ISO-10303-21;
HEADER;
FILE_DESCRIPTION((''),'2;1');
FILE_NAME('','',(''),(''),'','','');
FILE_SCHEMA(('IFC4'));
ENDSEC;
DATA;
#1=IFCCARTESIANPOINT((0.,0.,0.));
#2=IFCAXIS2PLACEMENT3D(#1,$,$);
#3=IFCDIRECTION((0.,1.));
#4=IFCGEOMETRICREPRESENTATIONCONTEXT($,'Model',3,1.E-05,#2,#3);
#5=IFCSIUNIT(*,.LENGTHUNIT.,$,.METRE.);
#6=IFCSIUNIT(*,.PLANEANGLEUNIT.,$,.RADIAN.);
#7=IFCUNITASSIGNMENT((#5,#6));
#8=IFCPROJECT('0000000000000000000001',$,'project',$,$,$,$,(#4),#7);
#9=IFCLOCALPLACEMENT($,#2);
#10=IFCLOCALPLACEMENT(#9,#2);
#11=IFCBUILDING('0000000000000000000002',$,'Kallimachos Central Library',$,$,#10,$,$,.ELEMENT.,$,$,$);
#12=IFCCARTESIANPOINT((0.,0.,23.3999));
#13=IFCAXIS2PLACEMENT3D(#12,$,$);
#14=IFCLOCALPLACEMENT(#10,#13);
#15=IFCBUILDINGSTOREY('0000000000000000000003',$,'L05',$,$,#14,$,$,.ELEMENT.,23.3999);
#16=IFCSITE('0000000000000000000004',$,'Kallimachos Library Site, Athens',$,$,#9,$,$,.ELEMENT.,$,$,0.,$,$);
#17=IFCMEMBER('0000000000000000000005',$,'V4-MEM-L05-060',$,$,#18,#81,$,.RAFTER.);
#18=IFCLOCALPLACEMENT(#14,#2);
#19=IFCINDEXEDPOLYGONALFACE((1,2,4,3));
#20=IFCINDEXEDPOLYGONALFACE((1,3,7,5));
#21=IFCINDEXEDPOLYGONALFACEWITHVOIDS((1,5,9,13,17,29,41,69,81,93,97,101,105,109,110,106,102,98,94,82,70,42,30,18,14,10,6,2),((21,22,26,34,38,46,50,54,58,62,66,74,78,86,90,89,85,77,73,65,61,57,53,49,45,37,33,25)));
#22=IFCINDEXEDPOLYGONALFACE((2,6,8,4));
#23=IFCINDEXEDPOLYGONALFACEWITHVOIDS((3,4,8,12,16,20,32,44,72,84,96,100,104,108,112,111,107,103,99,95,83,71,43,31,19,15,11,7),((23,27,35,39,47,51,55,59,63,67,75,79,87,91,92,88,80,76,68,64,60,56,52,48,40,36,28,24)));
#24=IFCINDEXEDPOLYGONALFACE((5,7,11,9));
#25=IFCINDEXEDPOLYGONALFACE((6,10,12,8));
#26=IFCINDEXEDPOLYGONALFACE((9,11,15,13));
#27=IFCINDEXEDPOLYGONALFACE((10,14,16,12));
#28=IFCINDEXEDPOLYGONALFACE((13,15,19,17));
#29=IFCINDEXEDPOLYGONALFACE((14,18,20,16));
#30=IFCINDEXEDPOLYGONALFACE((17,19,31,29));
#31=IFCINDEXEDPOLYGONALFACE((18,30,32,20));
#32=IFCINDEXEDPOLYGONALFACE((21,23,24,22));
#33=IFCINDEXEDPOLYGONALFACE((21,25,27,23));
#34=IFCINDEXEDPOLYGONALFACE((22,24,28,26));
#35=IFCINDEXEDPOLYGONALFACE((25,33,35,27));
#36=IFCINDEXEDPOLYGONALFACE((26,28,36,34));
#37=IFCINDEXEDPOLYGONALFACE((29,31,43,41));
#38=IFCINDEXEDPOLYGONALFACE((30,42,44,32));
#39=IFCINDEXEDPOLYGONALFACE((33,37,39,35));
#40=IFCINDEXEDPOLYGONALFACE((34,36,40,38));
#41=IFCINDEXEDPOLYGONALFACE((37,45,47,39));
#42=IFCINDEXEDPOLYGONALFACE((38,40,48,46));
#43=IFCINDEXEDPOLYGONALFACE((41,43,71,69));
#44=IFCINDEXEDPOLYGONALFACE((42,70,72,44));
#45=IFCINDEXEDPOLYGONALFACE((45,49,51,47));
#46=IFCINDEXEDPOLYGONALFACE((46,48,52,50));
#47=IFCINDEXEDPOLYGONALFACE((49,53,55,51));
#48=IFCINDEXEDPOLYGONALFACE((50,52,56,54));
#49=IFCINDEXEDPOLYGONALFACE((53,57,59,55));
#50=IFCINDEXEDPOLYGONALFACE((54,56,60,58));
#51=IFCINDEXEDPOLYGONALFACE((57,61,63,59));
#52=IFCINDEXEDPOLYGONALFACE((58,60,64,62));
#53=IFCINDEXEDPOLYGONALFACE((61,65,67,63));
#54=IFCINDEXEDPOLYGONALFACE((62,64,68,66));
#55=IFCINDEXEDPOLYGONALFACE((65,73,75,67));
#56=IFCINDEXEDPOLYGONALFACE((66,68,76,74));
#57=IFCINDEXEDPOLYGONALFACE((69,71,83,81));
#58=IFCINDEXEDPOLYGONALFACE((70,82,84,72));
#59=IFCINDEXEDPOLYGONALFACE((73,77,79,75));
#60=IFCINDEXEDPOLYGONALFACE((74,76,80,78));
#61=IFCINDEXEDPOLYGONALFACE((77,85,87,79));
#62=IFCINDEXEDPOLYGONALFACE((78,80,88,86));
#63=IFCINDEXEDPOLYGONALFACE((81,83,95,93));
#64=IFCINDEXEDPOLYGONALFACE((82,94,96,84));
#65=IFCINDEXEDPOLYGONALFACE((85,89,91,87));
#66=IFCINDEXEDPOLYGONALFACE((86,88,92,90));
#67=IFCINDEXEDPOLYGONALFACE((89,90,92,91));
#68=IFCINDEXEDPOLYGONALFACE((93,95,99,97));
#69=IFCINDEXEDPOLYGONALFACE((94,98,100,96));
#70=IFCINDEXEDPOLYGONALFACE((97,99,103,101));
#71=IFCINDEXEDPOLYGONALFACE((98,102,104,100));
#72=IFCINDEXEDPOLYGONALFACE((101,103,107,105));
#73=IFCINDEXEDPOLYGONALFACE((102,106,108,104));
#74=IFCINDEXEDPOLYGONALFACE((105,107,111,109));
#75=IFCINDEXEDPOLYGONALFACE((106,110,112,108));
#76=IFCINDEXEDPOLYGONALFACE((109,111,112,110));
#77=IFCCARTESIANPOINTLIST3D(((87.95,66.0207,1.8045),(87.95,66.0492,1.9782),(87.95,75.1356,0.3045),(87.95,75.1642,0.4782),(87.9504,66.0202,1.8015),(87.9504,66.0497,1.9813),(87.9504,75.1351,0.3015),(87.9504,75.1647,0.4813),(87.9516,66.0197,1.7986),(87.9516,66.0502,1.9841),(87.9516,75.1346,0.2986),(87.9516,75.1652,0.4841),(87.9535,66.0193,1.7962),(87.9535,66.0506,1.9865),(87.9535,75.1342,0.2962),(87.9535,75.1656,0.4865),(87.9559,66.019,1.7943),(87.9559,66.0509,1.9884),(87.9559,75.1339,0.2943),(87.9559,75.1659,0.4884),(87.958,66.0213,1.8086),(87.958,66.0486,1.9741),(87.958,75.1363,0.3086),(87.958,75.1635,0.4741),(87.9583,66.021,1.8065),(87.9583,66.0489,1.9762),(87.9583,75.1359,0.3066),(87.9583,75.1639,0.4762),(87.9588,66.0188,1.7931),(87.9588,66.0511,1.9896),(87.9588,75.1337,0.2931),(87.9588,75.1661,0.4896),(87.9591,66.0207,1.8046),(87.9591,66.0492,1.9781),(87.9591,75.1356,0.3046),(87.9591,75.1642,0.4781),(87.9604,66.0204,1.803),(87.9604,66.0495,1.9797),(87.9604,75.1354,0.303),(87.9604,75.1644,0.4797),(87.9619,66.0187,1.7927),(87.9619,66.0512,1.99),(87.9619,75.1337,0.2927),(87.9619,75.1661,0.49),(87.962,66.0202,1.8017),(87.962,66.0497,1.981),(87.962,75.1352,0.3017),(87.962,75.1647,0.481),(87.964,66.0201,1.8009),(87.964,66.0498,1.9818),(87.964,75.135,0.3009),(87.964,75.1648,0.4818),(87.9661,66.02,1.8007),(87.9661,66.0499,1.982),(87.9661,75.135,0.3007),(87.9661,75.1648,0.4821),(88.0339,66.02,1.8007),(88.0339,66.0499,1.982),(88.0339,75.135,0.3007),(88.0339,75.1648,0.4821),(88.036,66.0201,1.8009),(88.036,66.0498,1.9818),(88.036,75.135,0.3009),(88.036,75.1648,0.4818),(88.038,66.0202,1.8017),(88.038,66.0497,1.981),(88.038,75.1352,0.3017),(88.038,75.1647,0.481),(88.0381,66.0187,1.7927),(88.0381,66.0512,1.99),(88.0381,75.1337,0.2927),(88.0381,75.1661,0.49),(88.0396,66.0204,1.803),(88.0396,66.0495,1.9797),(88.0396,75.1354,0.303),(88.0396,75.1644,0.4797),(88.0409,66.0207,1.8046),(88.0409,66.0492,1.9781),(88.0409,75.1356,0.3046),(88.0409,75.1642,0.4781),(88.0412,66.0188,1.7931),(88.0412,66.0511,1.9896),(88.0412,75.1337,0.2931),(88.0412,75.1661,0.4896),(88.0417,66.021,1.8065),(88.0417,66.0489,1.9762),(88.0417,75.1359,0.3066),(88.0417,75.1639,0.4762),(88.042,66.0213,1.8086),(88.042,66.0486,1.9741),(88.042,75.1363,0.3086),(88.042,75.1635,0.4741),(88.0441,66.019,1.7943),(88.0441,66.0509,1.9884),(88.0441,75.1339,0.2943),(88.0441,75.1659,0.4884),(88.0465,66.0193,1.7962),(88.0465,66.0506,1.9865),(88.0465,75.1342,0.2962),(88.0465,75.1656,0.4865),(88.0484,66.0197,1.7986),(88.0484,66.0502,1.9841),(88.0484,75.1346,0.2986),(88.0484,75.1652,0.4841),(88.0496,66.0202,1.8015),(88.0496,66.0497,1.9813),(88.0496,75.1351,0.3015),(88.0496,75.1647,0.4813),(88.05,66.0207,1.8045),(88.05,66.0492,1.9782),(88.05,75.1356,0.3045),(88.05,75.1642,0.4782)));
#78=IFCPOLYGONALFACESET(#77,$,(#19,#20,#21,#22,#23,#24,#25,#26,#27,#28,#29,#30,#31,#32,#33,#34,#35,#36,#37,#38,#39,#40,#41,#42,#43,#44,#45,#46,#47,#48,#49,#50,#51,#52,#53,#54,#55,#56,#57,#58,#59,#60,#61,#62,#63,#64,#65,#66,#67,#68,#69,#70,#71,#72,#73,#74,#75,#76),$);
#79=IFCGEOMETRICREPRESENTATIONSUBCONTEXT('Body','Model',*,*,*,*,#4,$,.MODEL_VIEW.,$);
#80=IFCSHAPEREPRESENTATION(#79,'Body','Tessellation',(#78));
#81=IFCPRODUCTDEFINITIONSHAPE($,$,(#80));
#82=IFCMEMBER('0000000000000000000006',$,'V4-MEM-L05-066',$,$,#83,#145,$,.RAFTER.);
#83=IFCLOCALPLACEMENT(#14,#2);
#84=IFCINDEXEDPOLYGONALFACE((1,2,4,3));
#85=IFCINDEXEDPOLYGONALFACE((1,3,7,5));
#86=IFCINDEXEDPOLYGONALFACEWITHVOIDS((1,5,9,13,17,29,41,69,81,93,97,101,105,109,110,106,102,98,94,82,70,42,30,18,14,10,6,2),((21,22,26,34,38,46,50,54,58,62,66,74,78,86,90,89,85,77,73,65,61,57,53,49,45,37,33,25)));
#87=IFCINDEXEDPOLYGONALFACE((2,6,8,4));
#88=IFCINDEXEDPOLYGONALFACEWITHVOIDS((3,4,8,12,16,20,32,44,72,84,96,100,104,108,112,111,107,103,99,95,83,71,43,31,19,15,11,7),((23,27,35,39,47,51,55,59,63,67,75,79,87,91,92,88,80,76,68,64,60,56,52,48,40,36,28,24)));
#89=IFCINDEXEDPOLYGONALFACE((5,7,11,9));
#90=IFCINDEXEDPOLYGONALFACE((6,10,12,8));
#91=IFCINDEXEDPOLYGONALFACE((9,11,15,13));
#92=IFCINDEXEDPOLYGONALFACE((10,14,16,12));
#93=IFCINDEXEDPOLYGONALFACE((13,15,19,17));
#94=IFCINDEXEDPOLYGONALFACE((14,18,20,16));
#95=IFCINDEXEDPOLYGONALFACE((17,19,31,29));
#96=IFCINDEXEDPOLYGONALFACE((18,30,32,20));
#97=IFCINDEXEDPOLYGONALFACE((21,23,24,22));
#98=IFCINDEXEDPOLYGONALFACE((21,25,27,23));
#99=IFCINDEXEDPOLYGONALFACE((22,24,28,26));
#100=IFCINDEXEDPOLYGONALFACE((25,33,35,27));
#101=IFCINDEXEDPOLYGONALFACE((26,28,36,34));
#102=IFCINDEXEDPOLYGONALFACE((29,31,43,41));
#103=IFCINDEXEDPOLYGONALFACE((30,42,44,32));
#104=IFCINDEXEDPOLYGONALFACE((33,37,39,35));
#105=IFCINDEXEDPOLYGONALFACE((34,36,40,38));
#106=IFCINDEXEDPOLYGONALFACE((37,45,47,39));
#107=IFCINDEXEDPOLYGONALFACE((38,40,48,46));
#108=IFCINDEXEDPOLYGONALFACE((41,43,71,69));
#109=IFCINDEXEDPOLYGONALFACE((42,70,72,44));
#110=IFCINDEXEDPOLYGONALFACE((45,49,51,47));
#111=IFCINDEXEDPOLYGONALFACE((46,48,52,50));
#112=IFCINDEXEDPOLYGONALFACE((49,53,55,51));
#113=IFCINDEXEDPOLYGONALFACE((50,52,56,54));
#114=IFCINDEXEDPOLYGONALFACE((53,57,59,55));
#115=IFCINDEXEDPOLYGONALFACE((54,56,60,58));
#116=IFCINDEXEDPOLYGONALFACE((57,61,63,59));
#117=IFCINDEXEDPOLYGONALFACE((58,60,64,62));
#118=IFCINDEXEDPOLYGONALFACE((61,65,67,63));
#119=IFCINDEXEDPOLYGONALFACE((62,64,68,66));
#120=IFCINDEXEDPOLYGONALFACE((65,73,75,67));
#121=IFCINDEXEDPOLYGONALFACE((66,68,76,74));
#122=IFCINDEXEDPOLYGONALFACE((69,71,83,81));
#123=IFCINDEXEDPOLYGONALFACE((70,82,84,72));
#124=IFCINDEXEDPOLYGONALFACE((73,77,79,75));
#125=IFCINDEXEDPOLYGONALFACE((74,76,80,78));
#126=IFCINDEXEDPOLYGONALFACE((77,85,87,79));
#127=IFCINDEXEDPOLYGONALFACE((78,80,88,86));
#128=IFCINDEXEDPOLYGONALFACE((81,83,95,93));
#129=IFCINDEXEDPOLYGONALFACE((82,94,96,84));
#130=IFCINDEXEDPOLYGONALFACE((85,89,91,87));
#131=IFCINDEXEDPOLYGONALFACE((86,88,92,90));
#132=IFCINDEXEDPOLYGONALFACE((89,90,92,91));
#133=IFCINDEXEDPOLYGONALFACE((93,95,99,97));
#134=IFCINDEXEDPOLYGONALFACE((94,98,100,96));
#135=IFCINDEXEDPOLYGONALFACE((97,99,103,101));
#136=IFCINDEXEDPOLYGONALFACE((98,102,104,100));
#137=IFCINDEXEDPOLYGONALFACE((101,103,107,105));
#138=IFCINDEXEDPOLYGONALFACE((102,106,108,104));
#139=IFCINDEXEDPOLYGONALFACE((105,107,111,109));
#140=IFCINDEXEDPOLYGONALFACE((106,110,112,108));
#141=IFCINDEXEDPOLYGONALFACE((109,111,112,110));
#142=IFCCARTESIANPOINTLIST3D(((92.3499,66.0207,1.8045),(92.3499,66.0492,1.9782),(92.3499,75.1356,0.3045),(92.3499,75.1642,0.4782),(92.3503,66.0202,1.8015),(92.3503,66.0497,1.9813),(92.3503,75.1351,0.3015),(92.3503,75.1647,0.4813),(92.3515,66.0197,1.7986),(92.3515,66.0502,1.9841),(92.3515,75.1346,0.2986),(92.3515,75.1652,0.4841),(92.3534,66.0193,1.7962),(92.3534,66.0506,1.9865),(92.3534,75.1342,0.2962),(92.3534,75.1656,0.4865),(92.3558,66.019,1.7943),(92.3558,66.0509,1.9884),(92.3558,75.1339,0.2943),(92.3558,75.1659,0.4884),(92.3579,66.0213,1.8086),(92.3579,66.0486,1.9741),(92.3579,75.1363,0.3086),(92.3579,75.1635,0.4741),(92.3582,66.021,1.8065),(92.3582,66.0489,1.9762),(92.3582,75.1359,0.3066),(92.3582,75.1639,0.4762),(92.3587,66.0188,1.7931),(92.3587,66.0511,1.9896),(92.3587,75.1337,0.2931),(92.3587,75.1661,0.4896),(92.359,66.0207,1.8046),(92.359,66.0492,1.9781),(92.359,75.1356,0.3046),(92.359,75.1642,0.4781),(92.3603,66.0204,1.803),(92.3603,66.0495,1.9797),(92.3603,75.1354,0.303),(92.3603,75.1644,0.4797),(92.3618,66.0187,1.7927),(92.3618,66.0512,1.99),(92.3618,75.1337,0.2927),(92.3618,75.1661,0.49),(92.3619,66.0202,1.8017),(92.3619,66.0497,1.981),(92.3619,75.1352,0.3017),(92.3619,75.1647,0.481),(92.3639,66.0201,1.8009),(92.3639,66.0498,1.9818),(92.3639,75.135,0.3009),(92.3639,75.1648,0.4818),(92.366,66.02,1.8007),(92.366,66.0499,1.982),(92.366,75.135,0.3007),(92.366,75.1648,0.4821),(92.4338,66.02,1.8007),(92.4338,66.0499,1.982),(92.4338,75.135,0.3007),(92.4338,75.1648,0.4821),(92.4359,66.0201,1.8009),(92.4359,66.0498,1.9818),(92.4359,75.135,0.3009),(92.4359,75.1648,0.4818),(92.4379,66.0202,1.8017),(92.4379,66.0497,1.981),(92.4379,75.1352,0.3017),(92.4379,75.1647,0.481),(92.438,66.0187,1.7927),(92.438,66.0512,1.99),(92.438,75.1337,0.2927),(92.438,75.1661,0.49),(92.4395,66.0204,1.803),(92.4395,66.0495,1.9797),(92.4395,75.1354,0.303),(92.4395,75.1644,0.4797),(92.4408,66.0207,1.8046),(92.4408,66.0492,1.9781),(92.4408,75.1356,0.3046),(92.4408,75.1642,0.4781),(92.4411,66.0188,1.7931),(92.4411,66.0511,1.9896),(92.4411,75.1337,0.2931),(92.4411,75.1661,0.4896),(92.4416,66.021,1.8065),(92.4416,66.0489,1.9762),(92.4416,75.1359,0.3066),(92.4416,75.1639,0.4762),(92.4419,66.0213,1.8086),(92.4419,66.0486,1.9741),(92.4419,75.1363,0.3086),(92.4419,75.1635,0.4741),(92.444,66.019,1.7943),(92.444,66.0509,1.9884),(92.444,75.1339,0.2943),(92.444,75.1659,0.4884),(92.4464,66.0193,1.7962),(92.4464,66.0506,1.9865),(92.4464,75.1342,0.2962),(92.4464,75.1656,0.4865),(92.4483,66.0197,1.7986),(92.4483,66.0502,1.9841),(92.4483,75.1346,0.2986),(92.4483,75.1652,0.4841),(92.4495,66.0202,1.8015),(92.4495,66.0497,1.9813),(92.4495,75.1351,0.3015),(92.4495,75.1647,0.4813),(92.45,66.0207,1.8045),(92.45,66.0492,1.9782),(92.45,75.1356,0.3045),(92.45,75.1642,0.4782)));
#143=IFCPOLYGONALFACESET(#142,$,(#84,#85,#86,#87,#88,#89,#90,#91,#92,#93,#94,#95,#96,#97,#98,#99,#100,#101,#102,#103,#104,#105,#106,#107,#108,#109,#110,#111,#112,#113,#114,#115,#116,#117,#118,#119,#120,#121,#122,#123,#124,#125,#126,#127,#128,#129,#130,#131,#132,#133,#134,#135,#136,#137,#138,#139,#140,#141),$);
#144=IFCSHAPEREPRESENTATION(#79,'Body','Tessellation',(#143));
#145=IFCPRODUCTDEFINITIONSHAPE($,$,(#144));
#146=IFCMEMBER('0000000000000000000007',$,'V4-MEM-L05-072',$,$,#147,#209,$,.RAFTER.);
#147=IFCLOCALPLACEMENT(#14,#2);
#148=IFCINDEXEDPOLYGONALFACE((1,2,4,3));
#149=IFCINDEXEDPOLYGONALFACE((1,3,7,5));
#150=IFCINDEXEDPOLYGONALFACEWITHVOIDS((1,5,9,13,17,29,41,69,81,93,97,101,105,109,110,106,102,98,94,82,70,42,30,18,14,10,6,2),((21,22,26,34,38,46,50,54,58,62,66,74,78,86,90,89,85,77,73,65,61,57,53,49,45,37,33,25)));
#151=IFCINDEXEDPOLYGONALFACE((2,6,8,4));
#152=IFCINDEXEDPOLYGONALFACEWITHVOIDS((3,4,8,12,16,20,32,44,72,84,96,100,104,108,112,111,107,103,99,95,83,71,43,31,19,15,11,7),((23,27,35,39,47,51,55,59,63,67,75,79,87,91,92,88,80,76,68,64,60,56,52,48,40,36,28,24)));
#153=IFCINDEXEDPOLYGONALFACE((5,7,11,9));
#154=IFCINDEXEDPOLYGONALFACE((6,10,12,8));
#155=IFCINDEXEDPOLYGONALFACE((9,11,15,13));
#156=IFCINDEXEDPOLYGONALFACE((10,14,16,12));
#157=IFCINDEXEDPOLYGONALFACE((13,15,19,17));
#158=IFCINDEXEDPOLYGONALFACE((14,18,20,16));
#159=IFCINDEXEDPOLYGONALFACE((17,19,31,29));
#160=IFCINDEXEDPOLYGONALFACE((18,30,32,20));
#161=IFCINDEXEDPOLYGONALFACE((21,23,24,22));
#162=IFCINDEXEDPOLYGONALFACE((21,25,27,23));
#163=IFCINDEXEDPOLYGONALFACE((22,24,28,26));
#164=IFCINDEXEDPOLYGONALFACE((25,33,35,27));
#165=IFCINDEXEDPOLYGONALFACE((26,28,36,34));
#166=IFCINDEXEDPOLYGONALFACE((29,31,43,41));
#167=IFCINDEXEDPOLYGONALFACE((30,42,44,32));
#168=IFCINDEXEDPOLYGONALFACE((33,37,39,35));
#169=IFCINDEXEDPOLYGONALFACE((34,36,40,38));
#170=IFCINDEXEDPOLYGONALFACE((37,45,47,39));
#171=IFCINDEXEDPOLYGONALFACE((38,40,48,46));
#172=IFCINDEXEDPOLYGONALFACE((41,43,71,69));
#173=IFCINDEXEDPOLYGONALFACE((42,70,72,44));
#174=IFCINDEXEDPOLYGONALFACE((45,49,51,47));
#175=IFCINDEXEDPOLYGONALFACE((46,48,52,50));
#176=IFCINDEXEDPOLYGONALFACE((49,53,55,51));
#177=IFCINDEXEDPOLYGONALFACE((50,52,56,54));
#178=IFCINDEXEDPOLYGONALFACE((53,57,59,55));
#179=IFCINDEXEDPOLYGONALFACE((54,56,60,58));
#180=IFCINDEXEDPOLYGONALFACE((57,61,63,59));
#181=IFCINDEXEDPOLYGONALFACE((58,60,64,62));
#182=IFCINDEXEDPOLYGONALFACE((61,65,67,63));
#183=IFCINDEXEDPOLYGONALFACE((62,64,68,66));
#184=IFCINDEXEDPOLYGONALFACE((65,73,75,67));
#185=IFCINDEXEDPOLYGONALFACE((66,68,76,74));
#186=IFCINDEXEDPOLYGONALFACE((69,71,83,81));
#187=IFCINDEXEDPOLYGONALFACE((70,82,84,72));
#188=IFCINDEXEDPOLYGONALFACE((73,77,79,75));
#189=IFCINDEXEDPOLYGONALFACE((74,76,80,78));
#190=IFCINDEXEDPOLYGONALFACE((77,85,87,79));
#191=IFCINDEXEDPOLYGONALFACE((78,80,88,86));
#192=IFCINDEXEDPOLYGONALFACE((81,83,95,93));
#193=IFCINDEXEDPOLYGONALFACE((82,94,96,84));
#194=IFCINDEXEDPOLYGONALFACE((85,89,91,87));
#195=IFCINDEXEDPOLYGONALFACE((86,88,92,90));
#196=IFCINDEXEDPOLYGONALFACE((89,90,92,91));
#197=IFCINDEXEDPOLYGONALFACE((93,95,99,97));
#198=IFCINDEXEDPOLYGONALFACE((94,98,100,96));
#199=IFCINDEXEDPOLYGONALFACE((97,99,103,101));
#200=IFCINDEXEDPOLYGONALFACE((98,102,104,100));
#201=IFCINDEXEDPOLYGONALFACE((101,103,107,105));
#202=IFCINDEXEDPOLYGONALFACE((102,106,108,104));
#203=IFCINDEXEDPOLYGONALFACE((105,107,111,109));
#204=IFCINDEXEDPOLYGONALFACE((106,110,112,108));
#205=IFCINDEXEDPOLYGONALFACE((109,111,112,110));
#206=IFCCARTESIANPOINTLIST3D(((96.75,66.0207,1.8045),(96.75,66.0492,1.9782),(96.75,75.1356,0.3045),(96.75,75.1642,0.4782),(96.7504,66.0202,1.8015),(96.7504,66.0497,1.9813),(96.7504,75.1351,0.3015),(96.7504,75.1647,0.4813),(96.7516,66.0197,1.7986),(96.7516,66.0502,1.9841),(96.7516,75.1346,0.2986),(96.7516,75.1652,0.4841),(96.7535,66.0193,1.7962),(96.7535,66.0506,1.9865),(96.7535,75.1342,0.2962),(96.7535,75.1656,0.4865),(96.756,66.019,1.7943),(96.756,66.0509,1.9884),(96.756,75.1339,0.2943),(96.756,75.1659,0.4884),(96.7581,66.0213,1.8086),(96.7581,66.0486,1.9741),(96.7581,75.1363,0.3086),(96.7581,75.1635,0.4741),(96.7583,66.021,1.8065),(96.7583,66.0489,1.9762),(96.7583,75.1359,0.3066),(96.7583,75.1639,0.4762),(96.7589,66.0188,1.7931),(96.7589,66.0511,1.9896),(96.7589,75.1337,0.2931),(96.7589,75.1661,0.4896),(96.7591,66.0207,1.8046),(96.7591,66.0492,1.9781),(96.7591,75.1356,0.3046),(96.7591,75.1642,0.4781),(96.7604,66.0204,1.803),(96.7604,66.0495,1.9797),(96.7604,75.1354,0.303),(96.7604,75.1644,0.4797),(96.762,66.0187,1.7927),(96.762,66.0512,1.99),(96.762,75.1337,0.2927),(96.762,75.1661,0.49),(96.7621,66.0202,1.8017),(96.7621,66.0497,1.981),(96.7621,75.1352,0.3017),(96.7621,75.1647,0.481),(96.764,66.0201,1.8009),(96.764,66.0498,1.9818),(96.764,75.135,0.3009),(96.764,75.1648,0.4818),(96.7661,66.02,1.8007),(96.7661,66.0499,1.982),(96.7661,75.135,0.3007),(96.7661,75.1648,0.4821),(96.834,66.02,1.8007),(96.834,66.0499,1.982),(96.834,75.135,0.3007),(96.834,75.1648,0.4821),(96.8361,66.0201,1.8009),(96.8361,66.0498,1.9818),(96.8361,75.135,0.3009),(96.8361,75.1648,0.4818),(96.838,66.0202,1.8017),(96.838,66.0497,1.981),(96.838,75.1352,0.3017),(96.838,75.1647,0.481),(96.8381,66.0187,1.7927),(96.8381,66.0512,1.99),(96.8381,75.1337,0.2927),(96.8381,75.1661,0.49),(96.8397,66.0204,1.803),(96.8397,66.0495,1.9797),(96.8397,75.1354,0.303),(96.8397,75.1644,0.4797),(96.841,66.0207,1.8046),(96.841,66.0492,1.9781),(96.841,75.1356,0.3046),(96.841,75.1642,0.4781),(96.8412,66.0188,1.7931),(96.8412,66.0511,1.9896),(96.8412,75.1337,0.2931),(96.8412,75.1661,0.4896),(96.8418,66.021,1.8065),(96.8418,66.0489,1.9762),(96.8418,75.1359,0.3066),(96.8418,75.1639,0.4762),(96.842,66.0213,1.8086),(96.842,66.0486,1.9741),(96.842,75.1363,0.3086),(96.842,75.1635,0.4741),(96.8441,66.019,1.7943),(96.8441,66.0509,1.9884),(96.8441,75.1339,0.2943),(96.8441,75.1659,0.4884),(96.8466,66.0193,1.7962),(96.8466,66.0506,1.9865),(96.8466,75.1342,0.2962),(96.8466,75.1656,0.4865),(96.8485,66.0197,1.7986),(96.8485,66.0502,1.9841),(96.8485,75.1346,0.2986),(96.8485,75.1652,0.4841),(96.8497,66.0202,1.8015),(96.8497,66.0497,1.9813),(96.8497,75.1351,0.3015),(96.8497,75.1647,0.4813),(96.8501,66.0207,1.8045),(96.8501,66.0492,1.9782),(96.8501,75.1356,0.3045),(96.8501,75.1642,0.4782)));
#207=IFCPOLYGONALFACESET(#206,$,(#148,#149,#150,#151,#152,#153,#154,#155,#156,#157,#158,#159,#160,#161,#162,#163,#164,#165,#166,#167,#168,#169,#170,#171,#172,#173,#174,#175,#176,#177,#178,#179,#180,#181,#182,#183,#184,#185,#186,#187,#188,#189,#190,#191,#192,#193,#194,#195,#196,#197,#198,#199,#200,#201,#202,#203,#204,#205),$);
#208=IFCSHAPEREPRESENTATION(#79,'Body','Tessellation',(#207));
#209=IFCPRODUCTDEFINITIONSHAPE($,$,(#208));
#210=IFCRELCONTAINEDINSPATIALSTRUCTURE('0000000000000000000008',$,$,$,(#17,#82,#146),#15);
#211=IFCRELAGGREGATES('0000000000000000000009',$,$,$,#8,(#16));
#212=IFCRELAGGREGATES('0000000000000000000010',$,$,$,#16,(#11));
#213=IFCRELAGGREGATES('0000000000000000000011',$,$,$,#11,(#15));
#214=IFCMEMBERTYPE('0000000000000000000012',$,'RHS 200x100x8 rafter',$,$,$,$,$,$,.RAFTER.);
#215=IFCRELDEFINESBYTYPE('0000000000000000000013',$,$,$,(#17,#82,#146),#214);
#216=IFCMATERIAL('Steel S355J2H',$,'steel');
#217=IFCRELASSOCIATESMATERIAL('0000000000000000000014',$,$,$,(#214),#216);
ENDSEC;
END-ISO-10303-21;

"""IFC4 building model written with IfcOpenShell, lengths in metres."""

from ifc_helpers import new_model, si_unit, direction, frame, origin, origin_2d, place, context, subcontext, project, spatial, hollow_rectangle, extrude, material, material_profile, profile_set, type_object, element, save


model = new_model("IFC4")

# Units and contexts
model_context = context("Model", 3, precision=1e-05, world=origin(), true_north=direction((0.0, 1.0)))
body_context = subcontext(model_context, "Body", "Model", "MODEL_VIEW")
ifc_project = project(units=[si_unit("LENGTHUNIT", "METRE"), si_unit("PLANEANGLEUNIT", "RADIAN")], contexts=[model_context])

# Site, building, storey
site_placement = place(None, origin())
site = spatial("IfcSite", under=ifc_project, at=site_placement, Name="Kallimachos Library Site, Athens", CompositionType="ELEMENT", RefElevation=0.0)
building_placement = place(site_placement, origin())
building = spatial("IfcBuilding", under=site, at=building_placement, Name="Kallimachos Central Library", CompositionType="ELEMENT")
storey_placement = place(building_placement, frame((0.0, 0.0, 23.3999)))
storey = spatial("IfcBuildingStorey", under=building, at=storey_placement, Name="L05", CompositionType="ELEMENT", Elevation=23.3999)

# Members
ifc_material_1 = material(Name="Steel S355J2H", Category="steel")
ifc_material_profile_1 = material_profile(ifc_material_1, hollow_rectangle(XDim=0.1001, YDim=0.2, WallThickness=0.0081, InnerFilletRadius=0.0081, OuterFilletRadius=0.012, at=origin_2d()), Name="RHS 200x100x8")
ifc_profile_set_1 = profile_set([ifc_material_profile_1], Name="Steel S355J2H")
member_type_1 = type_object("IfcMemberType", Name="RHS 200x100x8 rafter", PredefinedType="RAFTER", material=ifc_profile_set_1)
for number, where, z_axis, x_axis, name in (
    (1, (88.0, 75.1499, 0.3914), (0.0, -0.986728, 0.16238), (1.0, 0.0, 0.0), "V4-MEM-L05-060"),
    (2, (92.3999, 75.1499, 0.3914), (0.0, -0.986728, 0.16238), (1.0, 0.0, 0.0), "V4-MEM-L05-066"),
    (3, (96.8, 75.1499, 0.3914), (0.0, -0.986728, 0.16238), (1.0, 0.0, 0.0), "V4-MEM-L05-072"),
):
    element("IfcMember", number, at=place(storey_placement, frame(where, z_axis=z_axis, x_axis=x_axis)), inside=storey, type_object=member_type_1, Name=name, PredefinedType="RAFTER", context=body_context, shape_type="SweptSolid", body=[
        extrude(hollow_rectangle(XDim=0.1001, YDim=0.2, WallThickness=0.0081, InnerFilletRadius=0.0081, OuterFilletRadius=0.012, at=origin_2d()), origin(), (0.0, 0.0, 1.0), 9.2375),
    ])

save(model, "model.ifc")
